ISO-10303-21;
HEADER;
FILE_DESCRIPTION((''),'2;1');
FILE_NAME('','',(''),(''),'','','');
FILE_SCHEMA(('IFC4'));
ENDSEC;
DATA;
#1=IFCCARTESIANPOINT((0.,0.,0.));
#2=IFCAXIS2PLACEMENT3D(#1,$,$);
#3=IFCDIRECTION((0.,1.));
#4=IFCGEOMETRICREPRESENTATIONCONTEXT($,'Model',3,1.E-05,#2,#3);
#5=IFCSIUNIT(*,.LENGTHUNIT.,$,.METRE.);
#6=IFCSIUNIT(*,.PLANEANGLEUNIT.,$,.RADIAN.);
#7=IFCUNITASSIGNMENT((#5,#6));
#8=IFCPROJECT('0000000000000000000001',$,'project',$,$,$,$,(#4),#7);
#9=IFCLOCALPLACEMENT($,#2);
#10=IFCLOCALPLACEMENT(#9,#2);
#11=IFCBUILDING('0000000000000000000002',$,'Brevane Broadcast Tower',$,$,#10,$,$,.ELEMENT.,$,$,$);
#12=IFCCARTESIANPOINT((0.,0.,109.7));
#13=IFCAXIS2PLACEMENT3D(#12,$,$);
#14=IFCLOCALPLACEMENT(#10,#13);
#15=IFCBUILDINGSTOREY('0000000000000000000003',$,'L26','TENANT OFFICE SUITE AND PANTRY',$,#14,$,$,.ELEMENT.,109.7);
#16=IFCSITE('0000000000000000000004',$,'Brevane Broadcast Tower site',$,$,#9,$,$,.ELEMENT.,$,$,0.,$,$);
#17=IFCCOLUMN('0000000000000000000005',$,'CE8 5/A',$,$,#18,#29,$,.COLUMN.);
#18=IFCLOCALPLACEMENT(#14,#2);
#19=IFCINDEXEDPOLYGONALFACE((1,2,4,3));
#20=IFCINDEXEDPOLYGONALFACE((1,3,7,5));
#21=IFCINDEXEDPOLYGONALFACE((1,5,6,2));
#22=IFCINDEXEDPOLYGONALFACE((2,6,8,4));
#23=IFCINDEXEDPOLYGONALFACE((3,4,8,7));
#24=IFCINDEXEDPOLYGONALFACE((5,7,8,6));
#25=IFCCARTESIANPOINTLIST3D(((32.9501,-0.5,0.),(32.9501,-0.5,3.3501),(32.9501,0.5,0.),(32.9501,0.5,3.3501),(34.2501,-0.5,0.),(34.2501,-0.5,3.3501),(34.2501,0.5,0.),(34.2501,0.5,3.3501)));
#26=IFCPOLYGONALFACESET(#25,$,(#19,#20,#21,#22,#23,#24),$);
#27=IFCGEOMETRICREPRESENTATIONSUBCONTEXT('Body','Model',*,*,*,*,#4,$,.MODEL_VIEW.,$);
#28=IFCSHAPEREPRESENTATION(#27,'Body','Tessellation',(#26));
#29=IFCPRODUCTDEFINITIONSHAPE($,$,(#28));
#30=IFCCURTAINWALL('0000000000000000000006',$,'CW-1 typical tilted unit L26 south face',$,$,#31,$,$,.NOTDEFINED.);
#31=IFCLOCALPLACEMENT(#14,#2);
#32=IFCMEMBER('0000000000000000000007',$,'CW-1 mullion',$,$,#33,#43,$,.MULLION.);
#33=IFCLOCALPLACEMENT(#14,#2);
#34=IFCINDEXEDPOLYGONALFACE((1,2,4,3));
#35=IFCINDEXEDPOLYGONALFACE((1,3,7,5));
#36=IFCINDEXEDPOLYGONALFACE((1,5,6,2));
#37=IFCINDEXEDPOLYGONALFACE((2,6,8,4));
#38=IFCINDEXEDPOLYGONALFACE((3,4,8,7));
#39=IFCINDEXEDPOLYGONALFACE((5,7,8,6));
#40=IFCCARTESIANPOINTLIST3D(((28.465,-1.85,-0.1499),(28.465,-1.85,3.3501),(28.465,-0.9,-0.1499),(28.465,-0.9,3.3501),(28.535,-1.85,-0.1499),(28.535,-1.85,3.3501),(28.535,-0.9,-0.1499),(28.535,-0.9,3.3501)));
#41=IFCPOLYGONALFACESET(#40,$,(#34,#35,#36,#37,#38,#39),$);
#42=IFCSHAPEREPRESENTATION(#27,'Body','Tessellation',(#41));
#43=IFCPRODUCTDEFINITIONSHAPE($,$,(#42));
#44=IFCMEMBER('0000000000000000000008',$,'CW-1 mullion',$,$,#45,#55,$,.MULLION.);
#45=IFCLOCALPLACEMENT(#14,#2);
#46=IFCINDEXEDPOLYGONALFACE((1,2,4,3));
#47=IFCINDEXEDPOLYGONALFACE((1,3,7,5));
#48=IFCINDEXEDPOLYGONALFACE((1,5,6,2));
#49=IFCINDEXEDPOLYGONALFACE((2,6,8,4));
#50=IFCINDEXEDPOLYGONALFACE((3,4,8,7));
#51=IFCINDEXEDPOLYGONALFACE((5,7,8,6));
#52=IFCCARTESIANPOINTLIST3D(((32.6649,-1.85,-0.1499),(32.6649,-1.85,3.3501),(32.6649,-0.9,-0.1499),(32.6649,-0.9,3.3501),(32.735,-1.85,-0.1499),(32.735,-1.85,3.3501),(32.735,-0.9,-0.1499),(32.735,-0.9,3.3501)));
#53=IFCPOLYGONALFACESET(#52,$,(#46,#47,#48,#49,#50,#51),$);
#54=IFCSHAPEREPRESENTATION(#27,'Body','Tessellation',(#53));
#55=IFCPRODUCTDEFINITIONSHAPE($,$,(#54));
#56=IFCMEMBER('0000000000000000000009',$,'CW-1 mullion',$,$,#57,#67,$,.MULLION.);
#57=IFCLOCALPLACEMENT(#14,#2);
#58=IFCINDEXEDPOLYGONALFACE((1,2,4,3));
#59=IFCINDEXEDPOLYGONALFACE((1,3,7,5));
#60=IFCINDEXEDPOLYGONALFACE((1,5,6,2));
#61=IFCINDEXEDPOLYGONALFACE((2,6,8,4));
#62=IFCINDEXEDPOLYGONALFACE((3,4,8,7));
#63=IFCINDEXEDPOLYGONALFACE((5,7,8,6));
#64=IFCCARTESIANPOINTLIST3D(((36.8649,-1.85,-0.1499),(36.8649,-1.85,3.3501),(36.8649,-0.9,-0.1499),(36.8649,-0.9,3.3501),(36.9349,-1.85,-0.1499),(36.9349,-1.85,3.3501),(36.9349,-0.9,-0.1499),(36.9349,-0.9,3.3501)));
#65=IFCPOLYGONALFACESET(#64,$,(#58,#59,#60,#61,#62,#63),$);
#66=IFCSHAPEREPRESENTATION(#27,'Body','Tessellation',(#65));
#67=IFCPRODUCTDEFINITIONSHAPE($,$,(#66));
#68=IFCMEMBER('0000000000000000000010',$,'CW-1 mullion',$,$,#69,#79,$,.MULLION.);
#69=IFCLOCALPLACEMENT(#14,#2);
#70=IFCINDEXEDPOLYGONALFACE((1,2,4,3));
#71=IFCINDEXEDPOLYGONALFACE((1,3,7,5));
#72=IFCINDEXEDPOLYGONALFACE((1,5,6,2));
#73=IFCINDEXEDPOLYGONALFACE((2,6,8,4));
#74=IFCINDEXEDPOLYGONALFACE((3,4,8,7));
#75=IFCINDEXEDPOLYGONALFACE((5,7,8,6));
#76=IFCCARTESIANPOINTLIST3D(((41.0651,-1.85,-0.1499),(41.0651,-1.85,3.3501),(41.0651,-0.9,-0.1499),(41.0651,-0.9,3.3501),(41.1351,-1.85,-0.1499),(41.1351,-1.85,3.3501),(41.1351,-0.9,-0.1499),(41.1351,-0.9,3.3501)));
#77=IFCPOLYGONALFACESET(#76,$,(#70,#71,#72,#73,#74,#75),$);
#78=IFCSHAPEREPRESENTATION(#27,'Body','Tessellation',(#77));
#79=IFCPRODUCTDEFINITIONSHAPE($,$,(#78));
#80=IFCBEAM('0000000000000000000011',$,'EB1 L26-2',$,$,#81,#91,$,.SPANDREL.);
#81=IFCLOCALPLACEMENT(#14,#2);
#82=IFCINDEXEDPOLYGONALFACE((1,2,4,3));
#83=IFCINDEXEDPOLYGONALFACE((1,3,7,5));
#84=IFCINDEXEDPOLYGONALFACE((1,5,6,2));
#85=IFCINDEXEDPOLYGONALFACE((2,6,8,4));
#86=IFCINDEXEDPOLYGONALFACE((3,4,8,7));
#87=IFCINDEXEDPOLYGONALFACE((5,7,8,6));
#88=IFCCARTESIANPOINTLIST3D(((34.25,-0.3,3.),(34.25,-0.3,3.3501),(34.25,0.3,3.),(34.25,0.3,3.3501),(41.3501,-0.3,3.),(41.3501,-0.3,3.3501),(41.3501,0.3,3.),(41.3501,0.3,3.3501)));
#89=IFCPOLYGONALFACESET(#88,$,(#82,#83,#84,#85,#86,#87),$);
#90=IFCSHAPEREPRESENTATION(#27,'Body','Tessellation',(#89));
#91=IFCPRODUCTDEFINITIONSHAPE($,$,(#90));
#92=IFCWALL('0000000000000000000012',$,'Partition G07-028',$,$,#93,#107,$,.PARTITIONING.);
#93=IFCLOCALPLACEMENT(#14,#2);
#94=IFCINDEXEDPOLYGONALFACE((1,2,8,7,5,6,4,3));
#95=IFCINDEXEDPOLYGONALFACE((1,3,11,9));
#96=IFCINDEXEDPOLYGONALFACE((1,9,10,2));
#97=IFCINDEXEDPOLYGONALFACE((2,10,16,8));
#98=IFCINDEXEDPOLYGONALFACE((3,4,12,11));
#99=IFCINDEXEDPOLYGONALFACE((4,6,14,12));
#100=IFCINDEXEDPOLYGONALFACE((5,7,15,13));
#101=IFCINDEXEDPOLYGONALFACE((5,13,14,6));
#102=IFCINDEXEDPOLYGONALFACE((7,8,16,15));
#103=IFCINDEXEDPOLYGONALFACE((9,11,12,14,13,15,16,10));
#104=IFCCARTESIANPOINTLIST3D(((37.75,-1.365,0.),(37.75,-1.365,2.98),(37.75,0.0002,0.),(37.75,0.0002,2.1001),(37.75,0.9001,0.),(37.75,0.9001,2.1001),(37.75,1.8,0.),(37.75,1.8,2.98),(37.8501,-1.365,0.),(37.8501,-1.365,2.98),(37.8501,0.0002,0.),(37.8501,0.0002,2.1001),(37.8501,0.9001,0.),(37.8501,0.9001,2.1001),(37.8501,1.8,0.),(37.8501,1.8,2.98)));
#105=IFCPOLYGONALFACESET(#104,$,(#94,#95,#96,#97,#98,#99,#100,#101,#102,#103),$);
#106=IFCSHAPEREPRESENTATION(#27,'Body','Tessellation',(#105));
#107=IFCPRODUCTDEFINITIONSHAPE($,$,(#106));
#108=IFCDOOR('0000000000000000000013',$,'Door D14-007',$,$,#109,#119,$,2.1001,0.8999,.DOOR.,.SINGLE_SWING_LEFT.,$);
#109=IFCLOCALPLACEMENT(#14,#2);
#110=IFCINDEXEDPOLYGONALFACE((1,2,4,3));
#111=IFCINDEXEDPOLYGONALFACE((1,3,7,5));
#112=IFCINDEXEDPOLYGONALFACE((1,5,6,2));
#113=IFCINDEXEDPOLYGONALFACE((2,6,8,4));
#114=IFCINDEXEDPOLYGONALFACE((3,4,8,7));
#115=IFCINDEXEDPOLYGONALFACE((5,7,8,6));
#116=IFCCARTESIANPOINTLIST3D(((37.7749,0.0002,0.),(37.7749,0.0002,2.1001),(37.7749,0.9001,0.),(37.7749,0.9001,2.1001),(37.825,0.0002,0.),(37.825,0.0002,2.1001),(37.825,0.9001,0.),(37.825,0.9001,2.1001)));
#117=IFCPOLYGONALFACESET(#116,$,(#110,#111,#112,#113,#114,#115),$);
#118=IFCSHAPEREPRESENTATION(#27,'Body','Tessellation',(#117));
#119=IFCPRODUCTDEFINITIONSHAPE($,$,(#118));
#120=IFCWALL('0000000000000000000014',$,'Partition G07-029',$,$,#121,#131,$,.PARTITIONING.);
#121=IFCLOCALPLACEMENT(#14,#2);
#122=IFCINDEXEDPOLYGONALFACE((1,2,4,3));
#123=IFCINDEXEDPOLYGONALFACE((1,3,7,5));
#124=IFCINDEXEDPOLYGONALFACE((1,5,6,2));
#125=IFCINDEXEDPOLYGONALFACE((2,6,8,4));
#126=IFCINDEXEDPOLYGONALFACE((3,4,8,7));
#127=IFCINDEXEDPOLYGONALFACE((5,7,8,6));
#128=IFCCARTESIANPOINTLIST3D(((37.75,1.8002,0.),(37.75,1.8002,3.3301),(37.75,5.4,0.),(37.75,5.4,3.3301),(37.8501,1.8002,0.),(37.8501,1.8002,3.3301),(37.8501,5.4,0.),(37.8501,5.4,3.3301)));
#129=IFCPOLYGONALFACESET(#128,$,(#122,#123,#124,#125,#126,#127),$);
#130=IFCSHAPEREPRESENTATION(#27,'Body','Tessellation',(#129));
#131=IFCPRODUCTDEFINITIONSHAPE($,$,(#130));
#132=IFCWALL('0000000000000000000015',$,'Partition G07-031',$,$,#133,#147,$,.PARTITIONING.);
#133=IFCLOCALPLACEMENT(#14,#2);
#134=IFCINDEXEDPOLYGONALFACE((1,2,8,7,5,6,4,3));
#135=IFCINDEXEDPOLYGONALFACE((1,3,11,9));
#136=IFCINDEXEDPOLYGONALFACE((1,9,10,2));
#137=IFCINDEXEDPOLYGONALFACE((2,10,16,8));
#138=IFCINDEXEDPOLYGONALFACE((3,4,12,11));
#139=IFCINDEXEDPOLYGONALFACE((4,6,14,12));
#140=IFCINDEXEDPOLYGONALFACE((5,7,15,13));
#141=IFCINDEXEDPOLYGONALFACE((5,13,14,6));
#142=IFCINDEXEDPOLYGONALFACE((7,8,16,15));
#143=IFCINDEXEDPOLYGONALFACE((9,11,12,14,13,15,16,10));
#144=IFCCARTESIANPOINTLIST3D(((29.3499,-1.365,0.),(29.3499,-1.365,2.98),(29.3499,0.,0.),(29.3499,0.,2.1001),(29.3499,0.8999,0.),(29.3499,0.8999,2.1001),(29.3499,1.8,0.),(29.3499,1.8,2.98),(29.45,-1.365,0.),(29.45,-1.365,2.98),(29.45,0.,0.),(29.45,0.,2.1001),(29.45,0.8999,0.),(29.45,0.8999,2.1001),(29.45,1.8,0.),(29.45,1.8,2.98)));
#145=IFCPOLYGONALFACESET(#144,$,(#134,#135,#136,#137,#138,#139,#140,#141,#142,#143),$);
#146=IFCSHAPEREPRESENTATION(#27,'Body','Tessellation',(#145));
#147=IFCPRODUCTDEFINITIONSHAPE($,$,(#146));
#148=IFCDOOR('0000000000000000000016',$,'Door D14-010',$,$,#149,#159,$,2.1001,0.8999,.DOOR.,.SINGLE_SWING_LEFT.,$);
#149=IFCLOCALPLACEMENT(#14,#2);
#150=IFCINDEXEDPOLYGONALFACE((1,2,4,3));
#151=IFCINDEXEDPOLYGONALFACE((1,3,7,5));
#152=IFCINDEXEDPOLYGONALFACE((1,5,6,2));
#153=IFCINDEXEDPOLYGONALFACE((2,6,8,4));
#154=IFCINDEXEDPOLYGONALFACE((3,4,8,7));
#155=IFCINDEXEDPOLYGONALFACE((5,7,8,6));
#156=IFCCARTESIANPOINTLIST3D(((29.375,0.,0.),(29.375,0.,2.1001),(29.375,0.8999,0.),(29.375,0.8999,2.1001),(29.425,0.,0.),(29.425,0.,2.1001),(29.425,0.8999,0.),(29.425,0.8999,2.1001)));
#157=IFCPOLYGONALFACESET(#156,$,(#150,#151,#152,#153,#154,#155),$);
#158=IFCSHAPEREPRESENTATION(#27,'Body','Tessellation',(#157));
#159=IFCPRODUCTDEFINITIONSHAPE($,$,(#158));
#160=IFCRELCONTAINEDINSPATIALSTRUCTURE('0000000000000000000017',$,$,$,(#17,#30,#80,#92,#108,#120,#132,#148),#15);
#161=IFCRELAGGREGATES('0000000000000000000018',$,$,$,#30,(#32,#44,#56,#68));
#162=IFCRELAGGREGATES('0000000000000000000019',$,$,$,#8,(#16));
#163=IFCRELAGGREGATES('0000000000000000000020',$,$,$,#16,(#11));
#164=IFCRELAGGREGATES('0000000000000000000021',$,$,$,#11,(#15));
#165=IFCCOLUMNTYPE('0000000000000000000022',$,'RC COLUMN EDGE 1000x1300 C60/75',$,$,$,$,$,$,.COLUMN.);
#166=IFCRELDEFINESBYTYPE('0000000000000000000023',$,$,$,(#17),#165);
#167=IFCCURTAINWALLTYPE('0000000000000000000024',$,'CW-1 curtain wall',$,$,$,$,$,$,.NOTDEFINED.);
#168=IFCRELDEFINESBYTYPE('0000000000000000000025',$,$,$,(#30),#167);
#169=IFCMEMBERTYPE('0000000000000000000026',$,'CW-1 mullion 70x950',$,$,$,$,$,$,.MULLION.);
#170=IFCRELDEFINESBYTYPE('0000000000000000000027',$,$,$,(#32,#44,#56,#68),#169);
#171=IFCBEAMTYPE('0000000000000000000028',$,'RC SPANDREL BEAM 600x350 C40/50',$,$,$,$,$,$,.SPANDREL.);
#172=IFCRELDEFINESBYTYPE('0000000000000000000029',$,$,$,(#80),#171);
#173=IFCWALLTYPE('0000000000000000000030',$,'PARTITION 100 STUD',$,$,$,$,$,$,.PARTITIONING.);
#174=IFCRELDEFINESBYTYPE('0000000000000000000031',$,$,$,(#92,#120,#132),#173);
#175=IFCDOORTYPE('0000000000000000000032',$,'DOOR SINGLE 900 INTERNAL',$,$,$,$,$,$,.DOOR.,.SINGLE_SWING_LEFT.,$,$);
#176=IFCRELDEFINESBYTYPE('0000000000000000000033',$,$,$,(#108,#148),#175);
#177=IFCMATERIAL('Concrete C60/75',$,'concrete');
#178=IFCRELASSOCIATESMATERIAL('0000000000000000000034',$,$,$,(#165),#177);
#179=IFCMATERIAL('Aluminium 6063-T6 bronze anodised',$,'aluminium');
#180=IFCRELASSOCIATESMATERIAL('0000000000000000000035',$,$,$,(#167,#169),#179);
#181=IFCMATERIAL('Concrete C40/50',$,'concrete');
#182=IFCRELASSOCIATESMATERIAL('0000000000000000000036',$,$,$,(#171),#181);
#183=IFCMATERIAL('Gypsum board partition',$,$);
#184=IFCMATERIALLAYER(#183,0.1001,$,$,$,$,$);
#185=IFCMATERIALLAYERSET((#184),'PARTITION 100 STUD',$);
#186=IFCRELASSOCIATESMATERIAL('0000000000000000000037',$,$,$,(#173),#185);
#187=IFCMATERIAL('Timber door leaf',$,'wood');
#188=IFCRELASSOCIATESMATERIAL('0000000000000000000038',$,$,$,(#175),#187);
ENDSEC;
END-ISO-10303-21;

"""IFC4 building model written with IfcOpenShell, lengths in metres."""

from ifc_helpers import new_model, si_unit, direction, frame, frame_2d, origin, origin_2d, place, context, subcontext, project, spatial, rectangle, extrude, material, layer, layer_set, material_profile, profile_set, type_object, element, fill, aggregate, save


model = new_model("IFC4")

# Units and contexts
model_context = context("Model", 3, precision=1e-05, world=origin(), true_north=direction((0.0, 1.0)))
body_context = subcontext(model_context, "Body", "Model", "MODEL_VIEW")
ifc_project = project(units=[si_unit("LENGTHUNIT", "METRE"), si_unit("PLANEANGLEUNIT", "RADIAN")], contexts=[model_context])

# Site, building, storey
site_placement = place(None, origin())
site = spatial("IfcSite", under=ifc_project, at=site_placement, Name="Brevane Broadcast Tower site", CompositionType="ELEMENT", RefElevation=0.0)
building_placement = place(site_placement, origin())
building = spatial("IfcBuilding", under=site, at=building_placement, Name="Brevane Broadcast Tower", CompositionType="ELEMENT")
storey_placement = place(building_placement, frame((0.0, 0.0, 109.7)))
storey = spatial("IfcBuildingStorey", under=building, at=storey_placement, Name="L26", Description="TENANT OFFICE SUITE AND PANTRY", CompositionType="ELEMENT", Elevation=109.7)

# Column
ifc_material_1 = material(Name="Concrete C60/75", Category="concrete")
ifc_material_profile_1 = material_profile(ifc_material_1, rectangle(XDim=1.0, YDim=1.3, at=origin_2d()), Name="RC 1000x1300")
ifc_profile_set_1 = profile_set([ifc_material_profile_1], Name="Concrete C60/75")
column_type = type_object("IfcColumnType", Name="RC COLUMN EDGE 1000x1300 C60/75", PredefinedType="COLUMN", material=ifc_profile_set_1)
column_placement = place(storey_placement, frame((33.6001, 0.0, 0.0), z_axis=(0.0, 0.0, 1.0), x_axis=(0.0, 1.0, 0.0)))
element("IfcColumn", 1, at=column_placement, inside=storey, type_object=column_type, Name="CE8 5/A", PredefinedType="COLUMN", context=body_context, shape_type="SweptSolid", body=[
    extrude(rectangle(XDim=1.0, YDim=1.3, at=origin_2d()), origin(), (0.0, 0.0, 1.0), 3.3501),
])

# Curtain wall, members
ifc_material_2 = material(Name="Aluminium 6063-T6 bronze anodised", Category="aluminium")
curtain_wall_type = type_object("IfcCurtainWallType", Name="CW-1 curtain wall", PredefinedType="NOTDEFINED", material=ifc_material_2)
curtain_wall_placement = place(storey_placement, origin())
curtain_wall = element("IfcCurtainWall", 2, at=curtain_wall_placement, inside=storey, type_object=curtain_wall_type, Name="CW-1 typical tilted unit L26 south face", PredefinedType="NOTDEFINED")
ifc_material_profile_2 = material_profile(ifc_material_2, rectangle(XDim=0.95, YDim=0.0701, at=origin_2d()), Name="RECT 70x950")
ifc_profile_set_2 = profile_set([ifc_material_profile_2], Name="Aluminium 6063-T6 bronze anodised")
member_type = type_object("IfcMemberType", Name="CW-1 mullion 70x950", PredefinedType="MULLION", material=ifc_profile_set_2)
member_1_placement = place(storey_placement, frame((28.5, -1.375, -0.1499), z_axis=(0.0, 0.0, 1.0), x_axis=(0.0, 1.0, 0.0)))
member_1 = element("IfcMember", 3, at=member_1_placement, type_object=member_type, Name="CW-1 mullion", PredefinedType="MULLION", context=body_context, shape_type="SweptSolid", body=[
    extrude(rectangle(XDim=0.95, YDim=0.0701, at=origin_2d()), origin(), (0.0, 0.0, 1.0), 3.5),
])
member_2_placement = place(storey_placement, frame((32.7, -1.375, -0.1499), z_axis=(0.0, 0.0, 1.0), x_axis=(0.0, 1.0, 0.0)))
member_2 = element("IfcMember", 4, at=member_2_placement, type_object=member_type, Name="CW-1 mullion", PredefinedType="MULLION", context=body_context, shape_type="SweptSolid", body=[
    extrude(rectangle(XDim=0.95, YDim=0.0701, at=origin_2d()), origin(), (0.0, 0.0, 1.0), 3.5),
])
member_3_placement = place(storey_placement, frame((36.8999, -1.375, -0.1499), z_axis=(0.0, 0.0, 1.0), x_axis=(0.0, 1.0, 0.0)))
member_3 = element("IfcMember", 5, at=member_3_placement, type_object=member_type, Name="CW-1 mullion", PredefinedType="MULLION", context=body_context, shape_type="SweptSolid", body=[
    extrude(rectangle(XDim=0.95, YDim=0.0701, at=origin_2d()), origin(), (0.0, 0.0, 1.0), 3.5),
])
member_4_placement = place(storey_placement, frame((41.1001, -1.375, -0.1499), z_axis=(0.0, 0.0, 1.0), x_axis=(0.0, 1.0, 0.0)))
member_4 = element("IfcMember", 6, at=member_4_placement, type_object=member_type, Name="CW-1 mullion", PredefinedType="MULLION", context=body_context, shape_type="SweptSolid", body=[
    extrude(rectangle(XDim=0.95, YDim=0.0701, at=origin_2d()), origin(), (0.0, 0.0, 1.0), 3.5),
])
aggregate(curtain_wall, [member_1, member_2, member_3, member_4])

# Beam
ifc_material_3 = material(Name="Concrete C40/50", Category="concrete")
ifc_material_profile_3 = material_profile(ifc_material_3, rectangle(XDim=0.6001, YDim=0.3501, at=origin_2d()), Name="RC 600x350")
ifc_profile_set_3 = profile_set([ifc_material_profile_3], Name="Concrete C40/50")
beam_type = type_object("IfcBeamType", Name="RC SPANDREL BEAM 600x350 C40/50", PredefinedType="SPANDREL", material=ifc_profile_set_3)
beam_placement = place(storey_placement, frame((34.25, 0.0, 3.175), z_axis=(1.0, 0.0, 0.0), x_axis=(0.0, 1.0, 0.0)))
element("IfcBeam", 7, at=beam_placement, inside=storey, type_object=beam_type, Name="EB1 L26-2", PredefinedType="SPANDREL", context=body_context, shape_type="SweptSolid", body=[
    extrude(rectangle(XDim=0.6001, YDim=0.3501, at=origin_2d()), origin(), (0.0, 0.0, 1.0), 7.1001),
])

# Wall, opening, door
ifc_material_4 = material(Name="Gypsum board partition")
ifc_layer = layer(ifc_material_4, 0.1001)
ifc_layer_set = layer_set([ifc_layer], Name="PARTITION 100 STUD")
wall_type = type_object("IfcWallType", Name="PARTITION 100 STUD", PredefinedType="PARTITIONING", material=ifc_layer_set)
wall_1_placement = place(storey_placement, frame((37.8, 1.8, 0.0), z_axis=(0.0, 0.0, 1.0), x_axis=(0.0, -1.0, 0.0)))
wall_1 = element("IfcWall", 8, at=wall_1_placement, inside=storey, type_object=wall_type, Name="Partition G07-028", PredefinedType="PARTITIONING", context=body_context, shape_type="SweptSolid", body=[
    extrude(rectangle(XDim=3.165, YDim=0.1001, at=frame_2d((1.5825, 0.0))), origin(), (0.0, 0.0, 1.0), 2.98),
])
opening_1_placement = place(wall_1_placement, frame((0.8999, 0.0, 0.0)))
opening_1 = element("IfcOpeningElement", 9, at=opening_1_placement, cuts=wall_1, PredefinedType="OPENING", context=body_context, shape_type="SweptSolid", body=[
    extrude(rectangle(XDim=0.8999, YDim=2.1001, at=frame_2d((0.45, 1.05))), frame((0.0, 0.0601, 0.0), z_axis=(0.0, -1.0, 0.0), x_axis=(1.0, 0.0, 0.0)), (0.0, 0.0, 1.0), 0.1201),
])
ifc_material_5 = material(Name="Timber door leaf", Category="wood")
door_type = type_object("IfcDoorType", Name="DOOR SINGLE 900 INTERNAL", OperationType="SINGLE_SWING_LEFT", PredefinedType="DOOR", material=ifc_material_5)
door_1_placement = place(opening_1_placement, origin())
door_1 = element("IfcDoor", 10, at=door_1_placement, inside=storey, type_object=door_type, Name="Door D14-007", OperationType="SINGLE_SWING_LEFT", OverallHeight=2.1001, OverallWidth=0.8999, PredefinedType="DOOR", context=body_context, shape_type="SweptSolid", body=[
    extrude(rectangle(XDim=0.8999, YDim=2.1001, at=frame_2d((0.45, 1.05))), frame((0.0, 0.0249, 0.0), z_axis=(0.0, -1.0, 0.0), x_axis=(1.0, 0.0, 0.0)), (0.0, 0.0, 1.0), 0.05),
])
fill(opening_1, door_1)

# Wall
wall_2_placement = place(storey_placement, frame((37.8, 5.3999, 0.0), z_axis=(0.0, 0.0, 1.0), x_axis=(0.0, -1.0, 0.0)))
element("IfcWall", 11, at=wall_2_placement, inside=storey, type_object=wall_type, Name="Partition G07-029", PredefinedType="PARTITIONING", context=body_context, shape_type="SweptSolid", body=[
    extrude(rectangle(XDim=3.5999, YDim=0.1001, at=frame_2d((1.7998, 0.0))), origin(), (0.0, 0.0, 1.0), 3.3301),
])

# Wall, opening, door
wall_3_placement = place(storey_placement, frame((29.3999, -1.365, 0.0), z_axis=(0.0, 0.0, 1.0), x_axis=(0.0, 1.0, 0.0)))
wall_3 = element("IfcWall", 12, at=wall_3_placement, inside=storey, type_object=wall_type, Name="Partition G07-031", PredefinedType="PARTITIONING", context=body_context, shape_type="SweptSolid", body=[
    extrude(rectangle(XDim=3.165, YDim=0.1001, at=frame_2d((1.5825, 0.0))), origin(), (0.0, 0.0, 1.0), 2.98),
])
opening_2_placement = place(wall_3_placement, frame((1.365, 0.0, 0.0)))
opening_2 = element("IfcOpeningElement", 13, at=opening_2_placement, cuts=wall_3, PredefinedType="OPENING", context=body_context, shape_type="SweptSolid", body=[
    extrude(rectangle(XDim=0.8999, YDim=2.1001, at=frame_2d((0.45, 1.05))), frame((0.0, 0.0601, 0.0), z_axis=(0.0, -1.0, 0.0), x_axis=(1.0, 0.0, 0.0)), (0.0, 0.0, 1.0), 0.1201),
])
door_2_placement = place(opening_2_placement, origin())
door_2 = element("IfcDoor", 14, at=door_2_placement, inside=storey, type_object=door_type, Name="Door D14-010", OperationType="SINGLE_SWING_LEFT", OverallHeight=2.1001, OverallWidth=0.8999, PredefinedType="DOOR", context=body_context, shape_type="SweptSolid", body=[
    extrude(rectangle(XDim=0.8999, YDim=2.1001, at=frame_2d((0.45, 1.05))), frame((0.0, 0.0249, 0.0), z_axis=(0.0, -1.0, 0.0), x_axis=(1.0, 0.0, 0.0)), (0.0, 0.0, 1.0), 0.05),
])
fill(opening_2, door_2)

save(model, "model.ifc")
